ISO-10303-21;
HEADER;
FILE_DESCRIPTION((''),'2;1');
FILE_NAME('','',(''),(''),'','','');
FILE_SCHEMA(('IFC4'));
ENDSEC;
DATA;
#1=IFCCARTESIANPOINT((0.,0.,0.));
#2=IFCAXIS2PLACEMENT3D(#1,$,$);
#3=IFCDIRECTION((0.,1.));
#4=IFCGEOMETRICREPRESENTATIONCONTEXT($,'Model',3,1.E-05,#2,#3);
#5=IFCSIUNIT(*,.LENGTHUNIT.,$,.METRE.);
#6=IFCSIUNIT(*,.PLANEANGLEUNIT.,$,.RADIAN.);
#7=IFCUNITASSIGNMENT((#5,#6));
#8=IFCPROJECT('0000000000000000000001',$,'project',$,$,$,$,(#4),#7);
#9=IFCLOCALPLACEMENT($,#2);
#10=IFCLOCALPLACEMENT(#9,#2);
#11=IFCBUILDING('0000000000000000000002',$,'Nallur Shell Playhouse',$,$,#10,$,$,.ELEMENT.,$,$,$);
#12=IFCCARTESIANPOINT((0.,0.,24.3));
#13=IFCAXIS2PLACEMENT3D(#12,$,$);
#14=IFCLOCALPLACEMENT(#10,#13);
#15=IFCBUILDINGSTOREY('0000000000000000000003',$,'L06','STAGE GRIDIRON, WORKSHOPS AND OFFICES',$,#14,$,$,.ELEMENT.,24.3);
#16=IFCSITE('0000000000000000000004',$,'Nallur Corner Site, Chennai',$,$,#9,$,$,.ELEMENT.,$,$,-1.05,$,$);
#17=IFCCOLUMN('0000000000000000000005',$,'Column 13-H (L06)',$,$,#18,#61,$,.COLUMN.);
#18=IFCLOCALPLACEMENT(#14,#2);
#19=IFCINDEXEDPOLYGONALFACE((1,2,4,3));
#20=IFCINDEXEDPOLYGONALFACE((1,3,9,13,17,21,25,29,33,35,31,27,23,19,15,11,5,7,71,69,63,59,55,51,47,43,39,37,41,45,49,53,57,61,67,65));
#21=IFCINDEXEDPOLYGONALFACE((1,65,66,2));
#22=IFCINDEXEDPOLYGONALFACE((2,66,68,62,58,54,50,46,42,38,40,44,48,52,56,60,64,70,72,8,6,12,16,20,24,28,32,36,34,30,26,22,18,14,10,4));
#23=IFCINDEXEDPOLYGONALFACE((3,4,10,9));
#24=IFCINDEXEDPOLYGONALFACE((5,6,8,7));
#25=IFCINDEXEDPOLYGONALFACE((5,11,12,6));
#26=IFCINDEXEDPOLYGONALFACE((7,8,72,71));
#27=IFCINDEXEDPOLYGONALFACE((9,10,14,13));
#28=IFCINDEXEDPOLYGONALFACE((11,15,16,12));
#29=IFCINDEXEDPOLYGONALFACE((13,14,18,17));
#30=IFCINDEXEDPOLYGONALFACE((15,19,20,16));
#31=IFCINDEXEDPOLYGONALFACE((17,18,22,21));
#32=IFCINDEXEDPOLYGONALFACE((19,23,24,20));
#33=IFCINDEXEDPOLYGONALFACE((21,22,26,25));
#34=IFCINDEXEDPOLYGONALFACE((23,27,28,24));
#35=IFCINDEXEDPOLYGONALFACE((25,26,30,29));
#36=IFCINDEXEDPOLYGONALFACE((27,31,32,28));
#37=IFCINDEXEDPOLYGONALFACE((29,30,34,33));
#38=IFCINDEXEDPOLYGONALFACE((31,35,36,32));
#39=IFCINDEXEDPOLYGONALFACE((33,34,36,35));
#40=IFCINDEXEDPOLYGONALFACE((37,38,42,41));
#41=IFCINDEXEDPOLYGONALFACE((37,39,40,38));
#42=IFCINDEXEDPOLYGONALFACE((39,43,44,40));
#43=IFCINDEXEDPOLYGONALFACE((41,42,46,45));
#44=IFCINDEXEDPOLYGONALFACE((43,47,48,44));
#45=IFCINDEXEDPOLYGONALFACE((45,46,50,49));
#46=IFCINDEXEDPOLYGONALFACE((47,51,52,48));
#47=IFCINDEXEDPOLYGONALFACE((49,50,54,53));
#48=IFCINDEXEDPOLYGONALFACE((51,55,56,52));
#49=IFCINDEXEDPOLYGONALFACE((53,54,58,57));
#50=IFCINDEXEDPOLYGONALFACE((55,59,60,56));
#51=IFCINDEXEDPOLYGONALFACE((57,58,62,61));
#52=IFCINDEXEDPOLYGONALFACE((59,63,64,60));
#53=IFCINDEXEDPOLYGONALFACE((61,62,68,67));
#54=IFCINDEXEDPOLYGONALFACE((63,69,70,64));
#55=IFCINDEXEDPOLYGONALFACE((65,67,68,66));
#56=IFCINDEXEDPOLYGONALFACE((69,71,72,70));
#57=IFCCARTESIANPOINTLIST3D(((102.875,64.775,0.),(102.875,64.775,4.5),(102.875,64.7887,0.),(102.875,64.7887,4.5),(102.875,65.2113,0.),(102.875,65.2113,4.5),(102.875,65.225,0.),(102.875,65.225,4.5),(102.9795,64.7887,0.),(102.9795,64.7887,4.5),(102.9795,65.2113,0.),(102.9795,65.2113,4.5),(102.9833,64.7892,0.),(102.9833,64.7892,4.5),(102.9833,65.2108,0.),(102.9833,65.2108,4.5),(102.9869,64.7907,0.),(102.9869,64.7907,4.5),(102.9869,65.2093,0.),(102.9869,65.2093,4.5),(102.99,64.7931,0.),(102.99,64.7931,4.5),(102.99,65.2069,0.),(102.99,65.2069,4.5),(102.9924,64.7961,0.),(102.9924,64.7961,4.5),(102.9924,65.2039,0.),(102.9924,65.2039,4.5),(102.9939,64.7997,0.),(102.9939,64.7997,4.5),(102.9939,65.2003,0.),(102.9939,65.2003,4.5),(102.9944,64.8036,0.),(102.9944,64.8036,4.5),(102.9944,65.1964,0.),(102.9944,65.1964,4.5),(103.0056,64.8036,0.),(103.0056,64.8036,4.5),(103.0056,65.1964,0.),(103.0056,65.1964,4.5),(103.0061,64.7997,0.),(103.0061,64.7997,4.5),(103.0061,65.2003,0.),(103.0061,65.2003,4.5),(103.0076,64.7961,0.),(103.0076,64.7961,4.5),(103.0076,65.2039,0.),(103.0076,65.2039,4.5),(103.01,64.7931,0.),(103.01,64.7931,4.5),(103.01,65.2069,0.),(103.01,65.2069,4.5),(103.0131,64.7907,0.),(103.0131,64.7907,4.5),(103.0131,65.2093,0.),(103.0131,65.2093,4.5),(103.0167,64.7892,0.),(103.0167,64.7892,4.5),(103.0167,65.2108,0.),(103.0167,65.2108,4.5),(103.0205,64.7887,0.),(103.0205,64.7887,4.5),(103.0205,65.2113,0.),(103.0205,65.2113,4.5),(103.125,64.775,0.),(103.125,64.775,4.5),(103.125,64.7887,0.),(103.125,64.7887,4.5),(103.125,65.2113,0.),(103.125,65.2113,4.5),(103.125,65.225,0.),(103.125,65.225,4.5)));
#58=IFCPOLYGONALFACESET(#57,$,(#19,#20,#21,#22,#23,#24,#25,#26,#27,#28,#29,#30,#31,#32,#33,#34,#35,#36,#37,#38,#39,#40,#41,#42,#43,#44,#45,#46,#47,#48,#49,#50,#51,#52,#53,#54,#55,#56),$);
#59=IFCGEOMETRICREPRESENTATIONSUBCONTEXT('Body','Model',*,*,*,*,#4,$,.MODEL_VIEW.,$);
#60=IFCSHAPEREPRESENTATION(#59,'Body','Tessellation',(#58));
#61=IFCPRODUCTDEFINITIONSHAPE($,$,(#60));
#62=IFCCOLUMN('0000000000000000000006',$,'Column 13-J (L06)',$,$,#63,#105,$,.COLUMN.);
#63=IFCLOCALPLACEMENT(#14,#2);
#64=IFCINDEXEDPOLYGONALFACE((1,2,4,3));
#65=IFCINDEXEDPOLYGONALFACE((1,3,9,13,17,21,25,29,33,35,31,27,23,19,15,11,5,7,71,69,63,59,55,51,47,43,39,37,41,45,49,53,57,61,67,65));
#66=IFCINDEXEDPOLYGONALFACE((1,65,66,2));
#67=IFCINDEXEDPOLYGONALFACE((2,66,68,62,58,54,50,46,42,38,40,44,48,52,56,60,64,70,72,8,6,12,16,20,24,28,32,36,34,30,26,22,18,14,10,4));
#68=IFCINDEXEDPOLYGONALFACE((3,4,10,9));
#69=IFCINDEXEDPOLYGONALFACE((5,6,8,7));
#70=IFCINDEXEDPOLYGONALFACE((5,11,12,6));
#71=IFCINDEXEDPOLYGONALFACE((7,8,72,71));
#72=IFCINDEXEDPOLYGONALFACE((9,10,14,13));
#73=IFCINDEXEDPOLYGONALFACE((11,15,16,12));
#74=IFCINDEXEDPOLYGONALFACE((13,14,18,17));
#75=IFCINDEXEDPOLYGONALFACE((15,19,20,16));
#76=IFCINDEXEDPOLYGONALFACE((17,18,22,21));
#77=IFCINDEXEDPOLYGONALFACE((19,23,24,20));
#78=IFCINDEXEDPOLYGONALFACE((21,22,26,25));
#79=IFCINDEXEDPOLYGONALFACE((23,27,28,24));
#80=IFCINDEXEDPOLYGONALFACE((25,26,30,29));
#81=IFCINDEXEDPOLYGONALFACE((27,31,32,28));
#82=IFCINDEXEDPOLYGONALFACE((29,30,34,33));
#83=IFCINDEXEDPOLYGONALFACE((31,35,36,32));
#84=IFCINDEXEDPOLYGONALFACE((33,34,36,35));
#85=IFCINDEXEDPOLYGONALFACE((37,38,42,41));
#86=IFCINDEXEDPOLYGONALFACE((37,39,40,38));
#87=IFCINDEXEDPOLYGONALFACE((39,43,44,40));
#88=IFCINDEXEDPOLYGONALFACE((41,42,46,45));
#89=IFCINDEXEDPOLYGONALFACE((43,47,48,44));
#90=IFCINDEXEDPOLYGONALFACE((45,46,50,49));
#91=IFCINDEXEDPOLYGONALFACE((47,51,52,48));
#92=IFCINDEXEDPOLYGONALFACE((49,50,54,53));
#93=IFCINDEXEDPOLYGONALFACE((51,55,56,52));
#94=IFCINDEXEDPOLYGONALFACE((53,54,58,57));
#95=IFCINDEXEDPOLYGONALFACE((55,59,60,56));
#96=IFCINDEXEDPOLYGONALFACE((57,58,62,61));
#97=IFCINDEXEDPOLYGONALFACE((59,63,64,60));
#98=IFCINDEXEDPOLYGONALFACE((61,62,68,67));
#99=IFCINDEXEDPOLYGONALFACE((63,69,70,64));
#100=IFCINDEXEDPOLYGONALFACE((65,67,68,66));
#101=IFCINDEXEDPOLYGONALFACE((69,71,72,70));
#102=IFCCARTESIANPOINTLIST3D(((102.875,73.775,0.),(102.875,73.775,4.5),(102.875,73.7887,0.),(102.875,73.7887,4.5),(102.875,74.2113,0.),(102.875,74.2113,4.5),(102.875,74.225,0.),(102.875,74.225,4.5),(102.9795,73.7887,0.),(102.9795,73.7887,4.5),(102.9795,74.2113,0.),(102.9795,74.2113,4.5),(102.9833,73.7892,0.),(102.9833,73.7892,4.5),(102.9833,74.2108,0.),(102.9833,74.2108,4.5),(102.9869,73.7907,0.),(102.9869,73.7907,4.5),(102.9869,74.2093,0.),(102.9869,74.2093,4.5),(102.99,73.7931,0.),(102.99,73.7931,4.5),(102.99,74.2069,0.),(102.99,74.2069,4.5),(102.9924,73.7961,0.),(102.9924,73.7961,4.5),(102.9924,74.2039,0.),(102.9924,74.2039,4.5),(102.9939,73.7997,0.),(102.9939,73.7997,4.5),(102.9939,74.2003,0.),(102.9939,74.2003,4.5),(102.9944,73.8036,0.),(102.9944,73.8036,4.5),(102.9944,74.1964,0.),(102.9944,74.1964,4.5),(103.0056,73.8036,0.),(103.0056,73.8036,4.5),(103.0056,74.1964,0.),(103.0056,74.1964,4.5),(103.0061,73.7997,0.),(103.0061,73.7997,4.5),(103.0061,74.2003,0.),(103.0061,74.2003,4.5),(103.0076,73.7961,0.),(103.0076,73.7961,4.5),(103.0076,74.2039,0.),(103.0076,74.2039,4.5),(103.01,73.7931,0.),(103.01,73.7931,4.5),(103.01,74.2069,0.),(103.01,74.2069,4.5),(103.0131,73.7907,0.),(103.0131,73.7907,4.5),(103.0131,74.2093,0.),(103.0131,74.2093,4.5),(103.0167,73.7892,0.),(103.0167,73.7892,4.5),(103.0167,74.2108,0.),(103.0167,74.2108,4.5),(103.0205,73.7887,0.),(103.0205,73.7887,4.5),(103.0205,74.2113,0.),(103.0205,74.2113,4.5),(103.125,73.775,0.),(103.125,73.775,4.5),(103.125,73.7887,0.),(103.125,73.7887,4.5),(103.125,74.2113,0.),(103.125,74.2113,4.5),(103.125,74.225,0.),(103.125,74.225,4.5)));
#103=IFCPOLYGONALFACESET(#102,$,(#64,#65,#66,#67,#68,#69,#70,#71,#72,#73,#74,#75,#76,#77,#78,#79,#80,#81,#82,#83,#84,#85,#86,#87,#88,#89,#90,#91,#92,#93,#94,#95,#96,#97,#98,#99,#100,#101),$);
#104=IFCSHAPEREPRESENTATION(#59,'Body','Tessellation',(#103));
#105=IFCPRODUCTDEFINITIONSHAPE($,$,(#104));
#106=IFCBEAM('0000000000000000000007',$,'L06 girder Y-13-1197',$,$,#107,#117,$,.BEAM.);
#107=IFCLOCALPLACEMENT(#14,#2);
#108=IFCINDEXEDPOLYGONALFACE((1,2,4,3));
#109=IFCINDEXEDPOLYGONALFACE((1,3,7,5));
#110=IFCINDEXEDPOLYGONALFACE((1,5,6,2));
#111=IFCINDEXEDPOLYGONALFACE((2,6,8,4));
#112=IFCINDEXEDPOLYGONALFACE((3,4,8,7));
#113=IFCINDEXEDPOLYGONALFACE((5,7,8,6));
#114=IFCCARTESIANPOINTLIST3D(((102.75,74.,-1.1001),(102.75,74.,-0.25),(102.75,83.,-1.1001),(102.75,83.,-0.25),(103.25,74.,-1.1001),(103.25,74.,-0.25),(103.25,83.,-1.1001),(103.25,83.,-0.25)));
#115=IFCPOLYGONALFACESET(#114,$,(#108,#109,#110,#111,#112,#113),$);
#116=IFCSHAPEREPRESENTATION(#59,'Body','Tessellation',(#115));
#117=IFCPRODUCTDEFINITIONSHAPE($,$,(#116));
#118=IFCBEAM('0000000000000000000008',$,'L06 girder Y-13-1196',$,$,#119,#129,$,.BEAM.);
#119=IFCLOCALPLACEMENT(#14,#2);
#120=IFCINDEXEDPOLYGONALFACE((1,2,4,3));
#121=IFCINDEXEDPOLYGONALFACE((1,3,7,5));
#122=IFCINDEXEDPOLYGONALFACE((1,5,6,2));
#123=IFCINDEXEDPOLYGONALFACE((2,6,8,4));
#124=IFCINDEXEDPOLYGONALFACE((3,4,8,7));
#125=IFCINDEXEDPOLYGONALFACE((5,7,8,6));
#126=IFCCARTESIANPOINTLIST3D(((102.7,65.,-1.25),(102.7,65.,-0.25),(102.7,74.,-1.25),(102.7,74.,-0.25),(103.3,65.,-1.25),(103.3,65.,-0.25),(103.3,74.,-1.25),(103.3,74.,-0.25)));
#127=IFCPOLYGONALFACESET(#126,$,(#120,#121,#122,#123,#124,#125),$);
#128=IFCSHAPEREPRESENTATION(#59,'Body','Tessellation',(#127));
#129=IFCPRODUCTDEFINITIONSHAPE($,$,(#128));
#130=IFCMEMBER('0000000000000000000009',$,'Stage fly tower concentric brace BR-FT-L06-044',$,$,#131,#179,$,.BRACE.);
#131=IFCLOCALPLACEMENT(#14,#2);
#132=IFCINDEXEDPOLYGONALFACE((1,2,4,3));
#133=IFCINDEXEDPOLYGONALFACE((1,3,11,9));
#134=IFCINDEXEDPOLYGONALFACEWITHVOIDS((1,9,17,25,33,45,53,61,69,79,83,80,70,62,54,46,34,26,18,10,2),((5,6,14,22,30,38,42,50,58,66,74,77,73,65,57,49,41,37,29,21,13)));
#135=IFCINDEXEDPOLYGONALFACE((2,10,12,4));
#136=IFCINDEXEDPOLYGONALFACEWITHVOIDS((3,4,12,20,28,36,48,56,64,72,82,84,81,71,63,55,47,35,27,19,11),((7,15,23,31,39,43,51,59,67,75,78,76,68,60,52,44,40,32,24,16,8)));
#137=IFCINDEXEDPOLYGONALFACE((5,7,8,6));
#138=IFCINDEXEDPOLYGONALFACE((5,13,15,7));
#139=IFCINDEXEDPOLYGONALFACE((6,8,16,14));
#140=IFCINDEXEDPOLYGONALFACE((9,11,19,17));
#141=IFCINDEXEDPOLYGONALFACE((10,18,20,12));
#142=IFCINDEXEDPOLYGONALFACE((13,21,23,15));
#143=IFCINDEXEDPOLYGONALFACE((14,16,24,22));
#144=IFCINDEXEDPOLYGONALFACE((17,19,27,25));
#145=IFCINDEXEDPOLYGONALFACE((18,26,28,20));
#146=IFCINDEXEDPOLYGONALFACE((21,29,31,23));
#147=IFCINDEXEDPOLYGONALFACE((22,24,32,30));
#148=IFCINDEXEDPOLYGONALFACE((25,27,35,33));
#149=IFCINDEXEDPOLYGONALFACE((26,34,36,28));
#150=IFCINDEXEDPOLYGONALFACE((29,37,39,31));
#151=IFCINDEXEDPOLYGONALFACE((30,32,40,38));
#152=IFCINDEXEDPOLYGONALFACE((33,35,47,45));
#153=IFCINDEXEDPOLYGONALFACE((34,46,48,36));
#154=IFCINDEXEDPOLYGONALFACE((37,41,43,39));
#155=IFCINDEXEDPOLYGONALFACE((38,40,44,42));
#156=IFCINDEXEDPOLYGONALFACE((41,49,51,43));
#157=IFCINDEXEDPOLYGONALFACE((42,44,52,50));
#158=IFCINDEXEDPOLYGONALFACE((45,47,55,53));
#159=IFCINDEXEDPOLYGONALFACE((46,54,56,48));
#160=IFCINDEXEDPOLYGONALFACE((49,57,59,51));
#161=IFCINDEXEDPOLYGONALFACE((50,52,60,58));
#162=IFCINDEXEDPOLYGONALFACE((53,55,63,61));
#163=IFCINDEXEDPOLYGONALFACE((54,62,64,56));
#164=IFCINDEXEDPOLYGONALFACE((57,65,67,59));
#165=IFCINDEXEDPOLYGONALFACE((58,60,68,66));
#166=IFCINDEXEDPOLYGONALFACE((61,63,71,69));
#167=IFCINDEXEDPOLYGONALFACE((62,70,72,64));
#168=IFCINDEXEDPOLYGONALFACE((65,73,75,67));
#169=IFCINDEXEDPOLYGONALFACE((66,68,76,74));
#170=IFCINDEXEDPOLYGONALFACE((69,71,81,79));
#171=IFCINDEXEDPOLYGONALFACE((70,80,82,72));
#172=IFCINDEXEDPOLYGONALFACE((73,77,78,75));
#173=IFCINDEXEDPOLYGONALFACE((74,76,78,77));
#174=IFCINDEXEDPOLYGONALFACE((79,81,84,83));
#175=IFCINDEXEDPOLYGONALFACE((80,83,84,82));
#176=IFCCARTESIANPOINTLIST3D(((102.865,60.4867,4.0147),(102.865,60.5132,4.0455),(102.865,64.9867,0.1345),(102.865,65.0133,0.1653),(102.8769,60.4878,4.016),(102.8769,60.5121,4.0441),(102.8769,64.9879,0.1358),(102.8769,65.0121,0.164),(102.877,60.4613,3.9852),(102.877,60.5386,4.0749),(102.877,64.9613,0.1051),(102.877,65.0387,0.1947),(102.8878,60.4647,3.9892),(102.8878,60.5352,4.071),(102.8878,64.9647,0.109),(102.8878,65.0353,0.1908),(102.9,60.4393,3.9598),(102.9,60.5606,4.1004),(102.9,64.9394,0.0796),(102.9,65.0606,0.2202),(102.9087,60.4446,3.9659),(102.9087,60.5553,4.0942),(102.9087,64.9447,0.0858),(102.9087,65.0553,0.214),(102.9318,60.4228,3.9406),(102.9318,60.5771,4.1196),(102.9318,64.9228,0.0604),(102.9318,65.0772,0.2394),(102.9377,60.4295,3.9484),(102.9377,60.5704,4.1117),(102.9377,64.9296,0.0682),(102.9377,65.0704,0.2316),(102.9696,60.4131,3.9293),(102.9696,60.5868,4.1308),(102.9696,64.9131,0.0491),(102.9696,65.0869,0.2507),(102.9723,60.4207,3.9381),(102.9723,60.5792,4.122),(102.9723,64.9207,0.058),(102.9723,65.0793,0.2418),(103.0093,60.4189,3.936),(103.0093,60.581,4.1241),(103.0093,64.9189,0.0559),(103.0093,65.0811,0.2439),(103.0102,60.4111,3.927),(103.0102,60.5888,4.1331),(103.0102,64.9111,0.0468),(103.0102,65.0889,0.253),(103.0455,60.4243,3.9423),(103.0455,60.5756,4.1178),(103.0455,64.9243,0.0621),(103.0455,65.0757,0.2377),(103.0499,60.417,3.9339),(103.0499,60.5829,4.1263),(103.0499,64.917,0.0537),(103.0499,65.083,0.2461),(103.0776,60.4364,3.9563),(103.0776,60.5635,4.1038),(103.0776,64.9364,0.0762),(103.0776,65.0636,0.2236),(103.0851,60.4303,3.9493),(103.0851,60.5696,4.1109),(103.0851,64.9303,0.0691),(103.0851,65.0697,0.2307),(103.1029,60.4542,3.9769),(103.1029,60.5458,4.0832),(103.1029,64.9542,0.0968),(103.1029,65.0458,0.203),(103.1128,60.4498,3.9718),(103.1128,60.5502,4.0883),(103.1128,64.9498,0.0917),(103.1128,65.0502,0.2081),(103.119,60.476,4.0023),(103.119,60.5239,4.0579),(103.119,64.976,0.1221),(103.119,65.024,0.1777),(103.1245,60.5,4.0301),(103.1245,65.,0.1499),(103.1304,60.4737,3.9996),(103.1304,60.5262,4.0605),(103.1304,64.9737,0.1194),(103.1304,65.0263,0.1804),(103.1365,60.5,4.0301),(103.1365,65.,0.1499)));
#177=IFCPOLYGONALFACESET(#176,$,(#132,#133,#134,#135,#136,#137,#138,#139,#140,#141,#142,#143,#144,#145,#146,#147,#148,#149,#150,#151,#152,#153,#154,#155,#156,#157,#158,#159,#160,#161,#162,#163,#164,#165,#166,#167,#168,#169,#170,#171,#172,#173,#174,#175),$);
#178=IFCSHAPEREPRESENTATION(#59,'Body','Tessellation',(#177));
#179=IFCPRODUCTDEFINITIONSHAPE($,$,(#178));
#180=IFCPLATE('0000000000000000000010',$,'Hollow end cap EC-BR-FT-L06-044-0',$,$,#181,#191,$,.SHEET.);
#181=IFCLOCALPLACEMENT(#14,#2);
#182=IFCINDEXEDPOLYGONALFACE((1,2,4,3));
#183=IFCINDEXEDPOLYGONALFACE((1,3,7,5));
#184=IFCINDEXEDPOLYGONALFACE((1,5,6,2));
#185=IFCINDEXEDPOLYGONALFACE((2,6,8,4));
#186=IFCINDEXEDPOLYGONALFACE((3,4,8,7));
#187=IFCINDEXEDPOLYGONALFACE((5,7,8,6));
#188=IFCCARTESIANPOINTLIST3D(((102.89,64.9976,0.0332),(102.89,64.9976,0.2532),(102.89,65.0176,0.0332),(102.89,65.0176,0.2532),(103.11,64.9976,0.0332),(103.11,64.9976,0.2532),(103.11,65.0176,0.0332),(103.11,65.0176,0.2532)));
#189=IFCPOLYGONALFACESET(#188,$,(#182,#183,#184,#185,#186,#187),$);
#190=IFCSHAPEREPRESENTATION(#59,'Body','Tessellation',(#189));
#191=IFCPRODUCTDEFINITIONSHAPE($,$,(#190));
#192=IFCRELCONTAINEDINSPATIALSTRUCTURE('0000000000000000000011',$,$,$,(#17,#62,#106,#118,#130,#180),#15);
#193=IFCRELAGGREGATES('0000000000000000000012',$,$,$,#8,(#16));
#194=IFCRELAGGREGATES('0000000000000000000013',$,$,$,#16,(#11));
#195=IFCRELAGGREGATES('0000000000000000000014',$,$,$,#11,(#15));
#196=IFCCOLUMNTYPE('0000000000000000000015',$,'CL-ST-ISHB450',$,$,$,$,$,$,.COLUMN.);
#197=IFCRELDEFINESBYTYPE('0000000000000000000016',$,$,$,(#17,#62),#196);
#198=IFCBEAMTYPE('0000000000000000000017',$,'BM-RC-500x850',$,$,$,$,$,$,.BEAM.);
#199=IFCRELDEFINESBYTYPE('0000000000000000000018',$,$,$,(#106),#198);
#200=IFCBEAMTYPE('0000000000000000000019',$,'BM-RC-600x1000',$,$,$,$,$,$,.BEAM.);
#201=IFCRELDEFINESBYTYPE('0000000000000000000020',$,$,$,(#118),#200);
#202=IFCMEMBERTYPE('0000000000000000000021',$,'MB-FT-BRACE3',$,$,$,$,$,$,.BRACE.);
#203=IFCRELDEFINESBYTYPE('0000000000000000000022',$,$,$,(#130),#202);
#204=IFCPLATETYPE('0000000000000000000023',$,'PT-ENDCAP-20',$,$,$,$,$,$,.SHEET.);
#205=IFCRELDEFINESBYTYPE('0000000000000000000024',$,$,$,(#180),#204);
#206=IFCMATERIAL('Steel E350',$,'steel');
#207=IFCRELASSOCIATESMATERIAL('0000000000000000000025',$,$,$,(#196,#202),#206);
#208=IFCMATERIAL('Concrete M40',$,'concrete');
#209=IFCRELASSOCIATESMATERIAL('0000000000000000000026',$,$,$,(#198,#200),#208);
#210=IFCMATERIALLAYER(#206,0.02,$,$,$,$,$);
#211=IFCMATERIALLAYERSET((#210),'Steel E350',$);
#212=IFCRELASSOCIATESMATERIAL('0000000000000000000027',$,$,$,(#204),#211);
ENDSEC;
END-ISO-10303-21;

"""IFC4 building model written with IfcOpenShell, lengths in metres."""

from ifc_helpers import new_model, si_unit, direction, frame, origin, origin_2d, place, context, subcontext, project, spatial, rectangle, hollow_circle, i_section, extrude, material, layer, layer_set, material_profile, profile_set, type_object, element, save


model = new_model("IFC4")

# Units and contexts
model_context = context("Model", 3, precision=1e-05, world=origin(), true_north=direction((0.0, 1.0)))
body_context = subcontext(model_context, "Body", "Model", "MODEL_VIEW")
ifc_project = project(units=[si_unit("LENGTHUNIT", "METRE"), si_unit("PLANEANGLEUNIT", "RADIAN")], contexts=[model_context])

# Site, building, storey
site_placement = place(None, origin())
site = spatial("IfcSite", under=ifc_project, at=site_placement, Name="Nallur Corner Site, Chennai", CompositionType="ELEMENT", RefElevation=-1.05)
building_placement = place(site_placement, origin())
building = spatial("IfcBuilding", under=site, at=building_placement, Name="Nallur Shell Playhouse", CompositionType="ELEMENT")
storey_placement = place(building_placement, frame((0.0, 0.0, 24.3)))
storey = spatial("IfcBuildingStorey", under=building, at=storey_placement, Name="L06", Description="STAGE GRIDIRON, WORKSHOPS AND OFFICES", CompositionType="ELEMENT", Elevation=24.3)

# Columns
ifc_material_1 = material(Name="Steel E350", Category="steel")
ifc_material_profile_1 = material_profile(ifc_material_1, i_section(OverallWidth=0.25, OverallDepth=0.45, WebThickness=0.0112, FlangeThickness=0.0137, FilletRadius=0.0149, at=origin_2d()), Name="ISHB 450")
ifc_profile_set_1 = profile_set([ifc_material_profile_1], Name="Steel E350")
column_type = type_object("IfcColumnType", Name="CL-ST-ISHB450", PredefinedType="COLUMN", material=ifc_profile_set_1)
for number, where, z_axis, x_axis, name in (
    (1, (103.0, 65.0, 0.0), (0.0, 0.0, 1.0), (1.0, 0.0, 0.0), "Column 13-H (L06)"),
    (2, (103.0, 74.0, 0.0), (0.0, 0.0, 1.0), (1.0, 0.0, 0.0), "Column 13-J (L06)"),
):
    element("IfcColumn", number, at=place(storey_placement, frame(where, z_axis=z_axis, x_axis=x_axis)), inside=storey, type_object=column_type, Name=name, PredefinedType="COLUMN", context=body_context, shape_type="SweptSolid", body=[
        extrude(i_section(OverallWidth=0.25, OverallDepth=0.45, WebThickness=0.0112, FlangeThickness=0.0137, FilletRadius=0.0149, at=origin_2d()), origin(), (0.0, 0.0, 1.0), 4.5),
    ])

# Beams
ifc_material_2 = material(Name="Concrete M40", Category="concrete")
ifc_material_profile_2 = material_profile(ifc_material_2, rectangle(XDim=0.5, YDim=0.8501, at=origin_2d()), Name="RC 500x850")
ifc_profile_set_2 = profile_set([ifc_material_profile_2], Name="Concrete M40")
beam_type_1 = type_object("IfcBeamType", Name="BM-RC-500x850", PredefinedType="BEAM", material=ifc_profile_set_2)
beam_1_placement = place(storey_placement, frame((103.0, 74.0, -0.675), z_axis=(0.0, 1.0, 0.0), x_axis=(-1.0, 0.0, 0.0)))
element("IfcBeam", 3, at=beam_1_placement, inside=storey, type_object=beam_type_1, Name="L06 girder Y-13-1197", PredefinedType="BEAM", context=body_context, shape_type="SweptSolid", body=[
    extrude(rectangle(XDim=0.5, YDim=0.8501, at=origin_2d()), origin(), (0.0, 0.0, 1.0), 9.0),
])
ifc_material_profile_3 = material_profile(ifc_material_2, rectangle(XDim=0.6001, YDim=1.0, at=origin_2d()), Name="RC 600x1000")
ifc_profile_set_3 = profile_set([ifc_material_profile_3], Name="Concrete M40")
beam_type_2 = type_object("IfcBeamType", Name="BM-RC-600x1000", PredefinedType="BEAM", material=ifc_profile_set_3)
beam_2_placement = place(storey_placement, frame((103.0, 65.0, -0.75), z_axis=(0.0, 1.0, 0.0), x_axis=(-1.0, 0.0, 0.0)))
element("IfcBeam", 4, at=beam_2_placement, inside=storey, type_object=beam_type_2, Name="L06 girder Y-13-1196", PredefinedType="BEAM", context=body_context, shape_type="SweptSolid", body=[
    extrude(rectangle(XDim=0.6001, YDim=1.0, at=origin_2d()), origin(), (0.0, 0.0, 1.0), 9.0),
])

# Member
ifc_material_profile_4 = material_profile(ifc_material_1, hollow_circle(Radius=0.1365, WallThickness=0.012, at=origin_2d()), Name="CHS 273.0x12")
ifc_profile_set_4 = profile_set([ifc_material_profile_4], Name="Steel E350")
member_type = type_object("IfcMemberType", Name="MB-FT-BRACE3", PredefinedType="BRACE", material=ifc_profile_set_4)
member_placement = place(storey_placement, frame((103.0, 65.0, 0.1499), z_axis=(0.0, -0.757342, 0.653018), x_axis=(1.0, 0.0, 0.0)))
element("IfcMember", 5, at=member_placement, inside=storey, type_object=member_type, Name="Stage fly tower concentric brace BR-FT-L06-044", PredefinedType="BRACE", context=body_context, shape_type="SweptSolid", body=[
    extrude(hollow_circle(Radius=0.1365, WallThickness=0.012, at=origin_2d()), origin(), (0.0, 0.0, 1.0), 5.9419),
])

# Plate
ifc_layer_1 = layer(ifc_material_1, 0.02)
ifc_layer_set_1 = layer_set([ifc_layer_1], Name="Steel E350")
plate_type_1 = type_object("IfcPlateType", Name="PT-ENDCAP-20", PredefinedType="SHEET", material=ifc_layer_set_1)
plate_1_placement = place(storey_placement, frame((103.0, 65.0076, 0.0332), z_axis=(0.0, 0.0, 1.0), x_axis=(1.0, 0.0, 0.0)))
element("IfcPlate", 6, at=plate_1_placement, inside=storey, type_object=plate_type_1, Name="Hollow end cap EC-BR-FT-L06-044-0", PredefinedType="SHEET", context=body_context, shape_type="SweptSolid", body=[
    extrude(rectangle(XDim=0.22, YDim=0.02, at=origin_2d()), origin(), (0.0, 0.0, 1.0), 0.22),
])

save(model, "model.ifc")
